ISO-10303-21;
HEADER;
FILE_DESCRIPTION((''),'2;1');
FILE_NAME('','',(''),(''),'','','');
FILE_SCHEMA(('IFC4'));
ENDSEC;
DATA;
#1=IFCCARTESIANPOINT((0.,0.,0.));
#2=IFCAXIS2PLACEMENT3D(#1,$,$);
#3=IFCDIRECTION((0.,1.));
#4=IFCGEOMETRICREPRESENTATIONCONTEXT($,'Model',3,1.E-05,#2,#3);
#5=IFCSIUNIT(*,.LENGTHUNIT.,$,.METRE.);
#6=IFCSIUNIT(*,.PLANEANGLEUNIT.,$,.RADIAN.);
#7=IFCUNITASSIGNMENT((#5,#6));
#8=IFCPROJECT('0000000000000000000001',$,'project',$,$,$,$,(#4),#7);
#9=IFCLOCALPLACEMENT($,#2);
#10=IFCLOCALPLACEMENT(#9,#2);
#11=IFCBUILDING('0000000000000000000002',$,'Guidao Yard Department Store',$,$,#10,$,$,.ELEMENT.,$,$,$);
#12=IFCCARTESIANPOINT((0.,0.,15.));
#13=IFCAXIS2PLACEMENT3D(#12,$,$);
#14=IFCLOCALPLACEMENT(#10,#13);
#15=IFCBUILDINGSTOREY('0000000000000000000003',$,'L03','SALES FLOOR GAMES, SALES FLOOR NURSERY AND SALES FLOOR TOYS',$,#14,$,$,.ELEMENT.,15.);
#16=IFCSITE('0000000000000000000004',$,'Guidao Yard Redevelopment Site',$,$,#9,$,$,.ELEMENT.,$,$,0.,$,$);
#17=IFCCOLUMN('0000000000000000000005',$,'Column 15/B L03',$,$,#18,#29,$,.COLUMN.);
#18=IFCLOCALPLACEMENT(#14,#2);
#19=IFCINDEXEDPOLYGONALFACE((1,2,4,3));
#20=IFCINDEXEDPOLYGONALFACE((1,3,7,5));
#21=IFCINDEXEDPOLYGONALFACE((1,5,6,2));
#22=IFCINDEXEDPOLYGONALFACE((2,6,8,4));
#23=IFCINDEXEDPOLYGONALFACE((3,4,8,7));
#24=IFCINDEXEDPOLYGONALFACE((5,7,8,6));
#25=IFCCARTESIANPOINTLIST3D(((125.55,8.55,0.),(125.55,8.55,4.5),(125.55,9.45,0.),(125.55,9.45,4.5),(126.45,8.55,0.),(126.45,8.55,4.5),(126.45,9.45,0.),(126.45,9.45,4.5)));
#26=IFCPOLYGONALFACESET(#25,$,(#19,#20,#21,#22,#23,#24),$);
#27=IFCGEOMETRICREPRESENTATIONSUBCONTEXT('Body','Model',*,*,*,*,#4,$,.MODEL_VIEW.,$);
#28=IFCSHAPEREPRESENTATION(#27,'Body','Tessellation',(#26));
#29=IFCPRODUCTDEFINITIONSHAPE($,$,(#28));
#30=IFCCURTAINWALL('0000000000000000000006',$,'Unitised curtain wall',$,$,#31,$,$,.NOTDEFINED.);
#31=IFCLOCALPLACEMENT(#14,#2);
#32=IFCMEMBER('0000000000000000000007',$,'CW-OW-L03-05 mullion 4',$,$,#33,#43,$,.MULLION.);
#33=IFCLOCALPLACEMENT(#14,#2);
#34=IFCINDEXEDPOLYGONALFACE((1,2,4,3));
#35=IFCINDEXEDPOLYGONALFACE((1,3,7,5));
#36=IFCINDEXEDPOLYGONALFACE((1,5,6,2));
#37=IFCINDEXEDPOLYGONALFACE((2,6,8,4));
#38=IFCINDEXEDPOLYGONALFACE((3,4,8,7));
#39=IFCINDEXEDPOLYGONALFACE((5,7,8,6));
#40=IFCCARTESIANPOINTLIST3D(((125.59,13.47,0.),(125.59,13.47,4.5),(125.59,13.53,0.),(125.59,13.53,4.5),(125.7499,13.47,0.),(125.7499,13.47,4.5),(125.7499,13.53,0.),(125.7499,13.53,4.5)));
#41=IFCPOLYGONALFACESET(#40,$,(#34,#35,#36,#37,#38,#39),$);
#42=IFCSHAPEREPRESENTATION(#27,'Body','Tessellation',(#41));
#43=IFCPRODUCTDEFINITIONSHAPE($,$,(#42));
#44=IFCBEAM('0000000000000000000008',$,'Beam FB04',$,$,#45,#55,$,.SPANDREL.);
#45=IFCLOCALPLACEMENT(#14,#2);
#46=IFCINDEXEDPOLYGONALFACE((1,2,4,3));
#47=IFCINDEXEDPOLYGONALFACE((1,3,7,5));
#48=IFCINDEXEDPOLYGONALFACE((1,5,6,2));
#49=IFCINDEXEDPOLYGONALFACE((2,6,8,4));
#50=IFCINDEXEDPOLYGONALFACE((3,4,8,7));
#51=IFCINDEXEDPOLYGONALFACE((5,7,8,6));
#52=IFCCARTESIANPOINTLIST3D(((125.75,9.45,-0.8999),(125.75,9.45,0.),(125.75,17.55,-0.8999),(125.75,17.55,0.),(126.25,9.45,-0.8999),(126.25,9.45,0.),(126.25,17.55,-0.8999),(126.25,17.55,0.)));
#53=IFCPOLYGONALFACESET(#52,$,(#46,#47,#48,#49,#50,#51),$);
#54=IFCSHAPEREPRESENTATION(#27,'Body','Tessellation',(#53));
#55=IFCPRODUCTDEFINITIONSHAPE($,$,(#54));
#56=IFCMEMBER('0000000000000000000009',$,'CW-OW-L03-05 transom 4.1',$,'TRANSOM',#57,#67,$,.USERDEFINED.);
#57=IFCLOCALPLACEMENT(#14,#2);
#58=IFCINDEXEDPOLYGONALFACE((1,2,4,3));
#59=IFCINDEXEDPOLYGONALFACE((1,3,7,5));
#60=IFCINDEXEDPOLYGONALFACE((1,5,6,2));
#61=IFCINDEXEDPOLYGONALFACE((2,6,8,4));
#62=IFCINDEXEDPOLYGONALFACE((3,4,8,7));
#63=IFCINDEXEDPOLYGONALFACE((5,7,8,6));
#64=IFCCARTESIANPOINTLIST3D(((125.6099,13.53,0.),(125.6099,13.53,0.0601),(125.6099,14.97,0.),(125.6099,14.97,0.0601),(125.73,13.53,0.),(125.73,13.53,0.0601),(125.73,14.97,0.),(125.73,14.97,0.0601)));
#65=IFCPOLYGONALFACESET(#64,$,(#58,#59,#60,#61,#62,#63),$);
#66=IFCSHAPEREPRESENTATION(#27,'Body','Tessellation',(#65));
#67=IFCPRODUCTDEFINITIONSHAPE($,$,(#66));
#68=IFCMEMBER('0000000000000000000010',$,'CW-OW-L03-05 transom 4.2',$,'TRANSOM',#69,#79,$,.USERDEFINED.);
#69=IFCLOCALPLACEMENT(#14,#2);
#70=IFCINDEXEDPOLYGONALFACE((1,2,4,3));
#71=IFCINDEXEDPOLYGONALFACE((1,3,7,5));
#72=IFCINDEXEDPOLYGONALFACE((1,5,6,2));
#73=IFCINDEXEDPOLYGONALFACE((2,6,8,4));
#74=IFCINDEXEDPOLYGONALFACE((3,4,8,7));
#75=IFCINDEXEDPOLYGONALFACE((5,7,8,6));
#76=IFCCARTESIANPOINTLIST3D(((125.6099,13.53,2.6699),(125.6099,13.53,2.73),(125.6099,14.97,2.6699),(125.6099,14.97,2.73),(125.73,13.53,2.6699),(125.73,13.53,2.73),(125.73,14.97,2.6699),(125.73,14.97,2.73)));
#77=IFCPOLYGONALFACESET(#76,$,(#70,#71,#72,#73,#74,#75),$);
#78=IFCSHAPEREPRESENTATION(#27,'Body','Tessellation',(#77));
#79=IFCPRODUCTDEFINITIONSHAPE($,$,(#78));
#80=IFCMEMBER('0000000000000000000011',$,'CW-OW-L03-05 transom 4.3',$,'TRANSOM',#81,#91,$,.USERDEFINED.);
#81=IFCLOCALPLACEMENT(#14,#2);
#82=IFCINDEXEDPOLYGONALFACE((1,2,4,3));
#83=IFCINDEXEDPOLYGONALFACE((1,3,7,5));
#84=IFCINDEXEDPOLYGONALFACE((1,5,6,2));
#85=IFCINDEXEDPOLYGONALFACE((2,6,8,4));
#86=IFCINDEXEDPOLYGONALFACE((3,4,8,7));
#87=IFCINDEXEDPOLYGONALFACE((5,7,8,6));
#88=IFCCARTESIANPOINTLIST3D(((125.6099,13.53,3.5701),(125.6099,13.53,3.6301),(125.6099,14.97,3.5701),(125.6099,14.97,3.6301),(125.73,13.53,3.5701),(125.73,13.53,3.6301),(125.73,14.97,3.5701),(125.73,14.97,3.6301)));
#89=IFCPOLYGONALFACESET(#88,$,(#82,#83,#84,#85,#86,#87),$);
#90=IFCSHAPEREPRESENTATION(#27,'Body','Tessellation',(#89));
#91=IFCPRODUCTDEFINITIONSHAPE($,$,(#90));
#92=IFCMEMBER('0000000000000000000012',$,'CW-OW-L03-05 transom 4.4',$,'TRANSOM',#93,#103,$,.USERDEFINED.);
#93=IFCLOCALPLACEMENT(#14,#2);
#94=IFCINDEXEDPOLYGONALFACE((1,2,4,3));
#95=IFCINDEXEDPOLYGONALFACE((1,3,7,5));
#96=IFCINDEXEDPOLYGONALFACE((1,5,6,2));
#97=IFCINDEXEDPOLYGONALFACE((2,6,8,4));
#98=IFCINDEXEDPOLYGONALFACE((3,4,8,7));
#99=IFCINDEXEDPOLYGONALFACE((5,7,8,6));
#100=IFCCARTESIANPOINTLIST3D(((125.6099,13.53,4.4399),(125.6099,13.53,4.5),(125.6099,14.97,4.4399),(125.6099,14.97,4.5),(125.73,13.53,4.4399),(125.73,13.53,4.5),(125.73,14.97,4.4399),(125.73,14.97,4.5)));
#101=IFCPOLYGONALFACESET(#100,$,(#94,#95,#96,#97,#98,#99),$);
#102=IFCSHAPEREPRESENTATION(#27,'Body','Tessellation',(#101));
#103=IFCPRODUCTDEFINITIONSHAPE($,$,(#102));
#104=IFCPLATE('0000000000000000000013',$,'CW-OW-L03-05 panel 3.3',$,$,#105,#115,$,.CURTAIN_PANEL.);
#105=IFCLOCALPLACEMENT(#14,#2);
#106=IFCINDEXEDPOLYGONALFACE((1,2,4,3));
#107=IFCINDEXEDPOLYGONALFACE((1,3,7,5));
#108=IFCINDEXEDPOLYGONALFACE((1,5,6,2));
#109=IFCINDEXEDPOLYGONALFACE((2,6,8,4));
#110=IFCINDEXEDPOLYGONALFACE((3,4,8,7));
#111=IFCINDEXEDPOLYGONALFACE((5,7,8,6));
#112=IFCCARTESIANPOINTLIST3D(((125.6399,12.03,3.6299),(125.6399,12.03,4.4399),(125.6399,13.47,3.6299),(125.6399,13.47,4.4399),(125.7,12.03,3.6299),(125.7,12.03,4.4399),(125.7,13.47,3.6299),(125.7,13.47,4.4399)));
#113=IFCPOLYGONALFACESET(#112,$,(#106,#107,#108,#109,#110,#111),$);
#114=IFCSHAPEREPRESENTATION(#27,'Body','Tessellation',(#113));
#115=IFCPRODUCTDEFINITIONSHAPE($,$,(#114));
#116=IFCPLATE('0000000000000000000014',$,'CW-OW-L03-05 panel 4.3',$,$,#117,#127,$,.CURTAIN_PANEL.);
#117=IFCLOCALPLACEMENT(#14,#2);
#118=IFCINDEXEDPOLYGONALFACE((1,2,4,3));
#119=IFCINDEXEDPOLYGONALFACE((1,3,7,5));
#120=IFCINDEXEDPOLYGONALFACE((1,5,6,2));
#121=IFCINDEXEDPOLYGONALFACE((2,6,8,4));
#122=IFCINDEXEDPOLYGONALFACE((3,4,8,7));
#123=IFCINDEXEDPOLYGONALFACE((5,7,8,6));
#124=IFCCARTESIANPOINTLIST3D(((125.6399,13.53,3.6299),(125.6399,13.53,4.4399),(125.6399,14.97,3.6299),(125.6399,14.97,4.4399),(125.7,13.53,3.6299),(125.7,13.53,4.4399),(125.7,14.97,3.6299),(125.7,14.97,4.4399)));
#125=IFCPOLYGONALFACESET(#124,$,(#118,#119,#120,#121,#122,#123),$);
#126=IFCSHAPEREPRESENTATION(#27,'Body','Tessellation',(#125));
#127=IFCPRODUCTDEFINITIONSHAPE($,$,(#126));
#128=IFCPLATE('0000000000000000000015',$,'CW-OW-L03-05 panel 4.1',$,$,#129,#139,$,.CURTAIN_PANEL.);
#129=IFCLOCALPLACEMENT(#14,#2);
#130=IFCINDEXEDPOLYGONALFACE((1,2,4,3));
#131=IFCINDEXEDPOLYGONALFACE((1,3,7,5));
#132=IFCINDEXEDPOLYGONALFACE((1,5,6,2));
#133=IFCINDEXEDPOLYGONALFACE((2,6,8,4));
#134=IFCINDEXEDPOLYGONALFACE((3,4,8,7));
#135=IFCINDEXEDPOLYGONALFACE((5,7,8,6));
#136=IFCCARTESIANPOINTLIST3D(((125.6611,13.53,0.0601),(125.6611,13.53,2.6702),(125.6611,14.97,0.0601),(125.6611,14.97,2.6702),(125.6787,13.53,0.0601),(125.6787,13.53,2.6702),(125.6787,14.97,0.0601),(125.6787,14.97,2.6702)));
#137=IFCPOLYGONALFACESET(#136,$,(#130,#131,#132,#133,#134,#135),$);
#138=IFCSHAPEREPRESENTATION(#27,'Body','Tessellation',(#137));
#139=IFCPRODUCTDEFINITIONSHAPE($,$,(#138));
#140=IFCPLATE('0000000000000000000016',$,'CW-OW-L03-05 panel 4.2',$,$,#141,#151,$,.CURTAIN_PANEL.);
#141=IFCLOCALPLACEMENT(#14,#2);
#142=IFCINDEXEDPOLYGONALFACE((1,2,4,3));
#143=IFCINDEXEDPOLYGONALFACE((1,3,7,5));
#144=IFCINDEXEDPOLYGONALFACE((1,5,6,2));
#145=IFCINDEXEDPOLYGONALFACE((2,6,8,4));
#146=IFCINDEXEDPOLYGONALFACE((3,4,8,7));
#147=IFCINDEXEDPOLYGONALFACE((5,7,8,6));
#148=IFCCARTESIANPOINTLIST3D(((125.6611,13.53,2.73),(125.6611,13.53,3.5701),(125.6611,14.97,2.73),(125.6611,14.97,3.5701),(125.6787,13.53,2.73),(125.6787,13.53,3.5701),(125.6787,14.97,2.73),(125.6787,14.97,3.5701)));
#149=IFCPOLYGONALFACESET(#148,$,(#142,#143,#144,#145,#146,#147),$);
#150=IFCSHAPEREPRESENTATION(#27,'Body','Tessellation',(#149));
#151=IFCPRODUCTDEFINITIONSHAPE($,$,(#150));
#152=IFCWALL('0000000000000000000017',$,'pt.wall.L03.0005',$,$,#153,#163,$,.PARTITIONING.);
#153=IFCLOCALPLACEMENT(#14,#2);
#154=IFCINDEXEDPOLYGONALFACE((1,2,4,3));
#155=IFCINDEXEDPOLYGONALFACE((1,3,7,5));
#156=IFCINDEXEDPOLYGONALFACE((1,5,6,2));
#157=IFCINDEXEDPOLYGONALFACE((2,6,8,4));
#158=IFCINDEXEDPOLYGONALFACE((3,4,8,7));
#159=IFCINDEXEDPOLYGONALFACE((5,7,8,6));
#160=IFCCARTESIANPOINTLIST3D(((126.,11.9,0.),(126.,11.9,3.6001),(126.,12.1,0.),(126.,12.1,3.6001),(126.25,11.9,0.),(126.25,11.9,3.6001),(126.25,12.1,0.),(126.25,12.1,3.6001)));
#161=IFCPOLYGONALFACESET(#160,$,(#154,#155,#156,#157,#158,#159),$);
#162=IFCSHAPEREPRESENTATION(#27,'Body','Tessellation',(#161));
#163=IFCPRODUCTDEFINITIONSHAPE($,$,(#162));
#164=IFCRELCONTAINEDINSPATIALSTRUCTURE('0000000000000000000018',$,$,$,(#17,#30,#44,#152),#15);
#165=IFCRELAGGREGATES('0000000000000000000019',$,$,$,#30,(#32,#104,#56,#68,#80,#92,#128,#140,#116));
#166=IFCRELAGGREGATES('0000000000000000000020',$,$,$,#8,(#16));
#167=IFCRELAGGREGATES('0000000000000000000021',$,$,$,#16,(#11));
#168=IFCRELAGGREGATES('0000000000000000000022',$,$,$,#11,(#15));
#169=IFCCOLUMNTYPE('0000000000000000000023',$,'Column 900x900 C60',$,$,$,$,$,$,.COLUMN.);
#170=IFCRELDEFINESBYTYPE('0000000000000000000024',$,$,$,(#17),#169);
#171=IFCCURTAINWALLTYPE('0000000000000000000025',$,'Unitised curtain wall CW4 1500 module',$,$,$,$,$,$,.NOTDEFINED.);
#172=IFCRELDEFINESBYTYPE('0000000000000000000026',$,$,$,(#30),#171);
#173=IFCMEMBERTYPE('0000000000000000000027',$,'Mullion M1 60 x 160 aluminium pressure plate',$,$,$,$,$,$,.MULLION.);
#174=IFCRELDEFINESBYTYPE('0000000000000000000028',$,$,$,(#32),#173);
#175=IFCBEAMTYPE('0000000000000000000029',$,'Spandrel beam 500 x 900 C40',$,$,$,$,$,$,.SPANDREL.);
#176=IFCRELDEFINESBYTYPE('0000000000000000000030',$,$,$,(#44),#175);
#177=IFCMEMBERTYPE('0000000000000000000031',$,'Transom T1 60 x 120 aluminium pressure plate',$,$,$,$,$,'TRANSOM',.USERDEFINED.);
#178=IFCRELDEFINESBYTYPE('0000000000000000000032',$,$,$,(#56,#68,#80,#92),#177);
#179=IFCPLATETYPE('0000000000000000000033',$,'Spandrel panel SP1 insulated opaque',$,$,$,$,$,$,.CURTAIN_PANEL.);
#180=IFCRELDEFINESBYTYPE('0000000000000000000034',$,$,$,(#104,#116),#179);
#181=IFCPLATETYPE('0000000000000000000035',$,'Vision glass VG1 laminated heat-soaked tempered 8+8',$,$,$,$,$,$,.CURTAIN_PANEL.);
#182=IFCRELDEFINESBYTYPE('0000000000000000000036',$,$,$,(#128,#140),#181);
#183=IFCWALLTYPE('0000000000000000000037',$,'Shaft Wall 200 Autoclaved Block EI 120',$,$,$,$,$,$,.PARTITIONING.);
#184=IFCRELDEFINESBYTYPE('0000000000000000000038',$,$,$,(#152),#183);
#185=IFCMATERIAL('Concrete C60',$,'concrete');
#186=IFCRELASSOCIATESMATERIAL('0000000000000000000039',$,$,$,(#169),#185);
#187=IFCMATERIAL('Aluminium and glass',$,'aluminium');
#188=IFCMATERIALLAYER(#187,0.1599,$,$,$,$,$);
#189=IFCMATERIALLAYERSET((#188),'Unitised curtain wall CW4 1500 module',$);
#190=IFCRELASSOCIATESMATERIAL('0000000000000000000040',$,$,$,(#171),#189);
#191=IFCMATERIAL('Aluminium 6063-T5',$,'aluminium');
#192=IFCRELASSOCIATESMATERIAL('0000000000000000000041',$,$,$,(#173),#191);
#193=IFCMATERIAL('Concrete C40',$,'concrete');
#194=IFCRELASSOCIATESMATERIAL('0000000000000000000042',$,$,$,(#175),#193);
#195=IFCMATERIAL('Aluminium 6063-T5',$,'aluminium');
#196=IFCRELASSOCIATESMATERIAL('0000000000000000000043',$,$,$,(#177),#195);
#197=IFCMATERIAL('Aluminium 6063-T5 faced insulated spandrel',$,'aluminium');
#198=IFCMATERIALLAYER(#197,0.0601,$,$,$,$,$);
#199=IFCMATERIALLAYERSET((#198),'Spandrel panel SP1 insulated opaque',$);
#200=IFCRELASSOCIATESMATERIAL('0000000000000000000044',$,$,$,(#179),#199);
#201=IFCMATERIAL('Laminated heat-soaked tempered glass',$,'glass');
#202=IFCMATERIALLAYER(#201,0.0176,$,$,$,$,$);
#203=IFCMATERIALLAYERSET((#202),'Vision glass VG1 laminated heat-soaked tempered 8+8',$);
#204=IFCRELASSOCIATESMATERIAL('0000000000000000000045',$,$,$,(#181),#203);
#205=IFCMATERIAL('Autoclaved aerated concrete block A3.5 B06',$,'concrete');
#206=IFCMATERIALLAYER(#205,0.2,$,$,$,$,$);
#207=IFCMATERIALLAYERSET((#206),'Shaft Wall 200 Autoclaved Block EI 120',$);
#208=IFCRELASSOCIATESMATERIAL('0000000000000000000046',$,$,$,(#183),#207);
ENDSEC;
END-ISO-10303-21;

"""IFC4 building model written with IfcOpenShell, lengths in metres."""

from ifc_helpers import new_model, si_unit, direction, frame, frame_2d, origin, origin_2d, place, context, subcontext, project, spatial, rectangle, extrude, material, layer, layer_set, material_profile, profile_set, type_object, element, aggregate, save


model = new_model("IFC4")

# Units and contexts
model_context = context("Model", 3, precision=1e-05, world=origin(), true_north=direction((0.0, 1.0)))
body_context = subcontext(model_context, "Body", "Model", "MODEL_VIEW")
ifc_project = project(units=[si_unit("LENGTHUNIT", "METRE"), si_unit("PLANEANGLEUNIT", "RADIAN")], contexts=[model_context])

# Site, building, storey
site_placement = place(None, origin())
site = spatial("IfcSite", under=ifc_project, at=site_placement, Name="Guidao Yard Redevelopment Site", CompositionType="ELEMENT", RefElevation=0.0)
building_placement = place(site_placement, origin())
building = spatial("IfcBuilding", under=site, at=building_placement, Name="Guidao Yard Department Store", CompositionType="ELEMENT")
storey_placement = place(building_placement, frame((0.0, 0.0, 15.0)))
storey = spatial("IfcBuildingStorey", under=building, at=storey_placement, Name="L03", Description="SALES FLOOR GAMES, SALES FLOOR NURSERY AND SALES FLOOR TOYS", CompositionType="ELEMENT", Elevation=15.0)

# Column
ifc_material_1 = material(Name="Concrete C60", Category="concrete")
ifc_material_profile_1 = material_profile(ifc_material_1, rectangle(XDim=0.8999, YDim=0.8999, at=origin_2d()), Name="COL 900x900")
ifc_profile_set_1 = profile_set([ifc_material_profile_1], Name="Concrete C60")
column_type = type_object("IfcColumnType", Name="Column 900x900 C60", PredefinedType="COLUMN", material=ifc_profile_set_1)
column_placement = place(storey_placement, frame((126.0, 9.0, 0.0), z_axis=(0.0, 0.0, 1.0), x_axis=(1.0, 0.0, 0.0)))
element("IfcColumn", 1, at=column_placement, inside=storey, type_object=column_type, Name="Column 15/B L03", PredefinedType="COLUMN", context=body_context, shape_type="SweptSolid", body=[
    extrude(rectangle(XDim=0.8999, YDim=0.8999, at=origin_2d()), origin(), (0.0, 0.0, 1.0), 4.5),
])

# Curtain wall, member
ifc_material_2 = material(Name="Aluminium and glass", Category="aluminium")
ifc_layer_1 = layer(ifc_material_2, 0.1599)
ifc_layer_set_1 = layer_set([ifc_layer_1], Name="Unitised curtain wall CW4 1500 module")
curtain_wall_type = type_object("IfcCurtainWallType", Name="Unitised curtain wall CW4 1500 module", PredefinedType="NOTDEFINED", material=ifc_layer_set_1)
curtain_wall_placement = place(storey_placement, origin())
curtain_wall = element("IfcCurtainWall", 2, at=curtain_wall_placement, inside=storey, type_object=curtain_wall_type, Name="Unitised curtain wall", PredefinedType="NOTDEFINED")
ifc_material_3 = material(Name="Aluminium 6063-T5", Category="aluminium")
ifc_material_profile_2 = material_profile(ifc_material_3, rectangle(XDim=0.0601, YDim=0.1599, at=origin_2d()), Name="Mullion M1 60 x 160 aluminium pressure plate")
ifc_profile_set_2 = profile_set([ifc_material_profile_2], Name="Aluminium 6063-T5")
member_type_1 = type_object("IfcMemberType", Name="Mullion M1 60 x 160 aluminium pressure plate", PredefinedType="MULLION", material=ifc_profile_set_2)
member_1_placement = place(storey_placement, frame((125.6699, 13.5, 0.0), z_axis=(0.0, 0.0, 1.0), x_axis=(0.0, 1.0, 0.0)))
member_1 = element("IfcMember", 3, at=member_1_placement, type_object=member_type_1, Name="CW-OW-L03-05 mullion 4", PredefinedType="MULLION", context=body_context, shape_type="SweptSolid", body=[
    extrude(rectangle(XDim=0.0601, YDim=0.1599, at=origin_2d()), origin(), (0.0, 0.0, 1.0), 4.5),
])

# Beam
ifc_material_4 = material(Name="Concrete C40", Category="concrete")
ifc_material_profile_3 = material_profile(ifc_material_4, rectangle(XDim=0.5, YDim=0.8999, at=origin_2d()), Name="Spandrel beam 500 x 900 C40")
ifc_profile_set_3 = profile_set([ifc_material_profile_3], Name="Concrete C40")
beam_type = type_object("IfcBeamType", Name="Spandrel beam 500 x 900 C40", PredefinedType="SPANDREL", material=ifc_profile_set_3)
beam_placement = place(storey_placement, frame((126.0, 9.45, -0.45), z_axis=(0.0, 1.0, 0.0), x_axis=(-1.0, 0.0, 0.0)))
element("IfcBeam", 4, at=beam_placement, inside=storey, type_object=beam_type, Name="Beam FB04", PredefinedType="SPANDREL", context=body_context, shape_type="SweptSolid", body=[
    extrude(rectangle(XDim=0.5, YDim=0.8999, at=origin_2d()), origin(), (0.0, 0.0, 1.0), 8.1001),
])

# Members
ifc_material_5 = material(Name="Aluminium 6063-T5", Category="aluminium")
ifc_material_profile_4 = material_profile(ifc_material_5, rectangle(XDim=0.1201, YDim=0.0601, at=origin_2d()), Name="Transom T1 60 x 120 aluminium pressure plate")
ifc_profile_set_4 = profile_set([ifc_material_profile_4], Name="Aluminium 6063-T5")
member_type_2 = type_object("IfcMemberType", Name="Transom T1 60 x 120 aluminium pressure plate", ElementType="TRANSOM", PredefinedType="USERDEFINED", material=ifc_profile_set_4)
member_2_placement = place(storey_placement, frame((125.6699, 13.53, 0.03), z_axis=(0.0, 1.0, 0.0), x_axis=(-1.0, 0.0, 0.0)))
member_2 = element("IfcMember", 5, at=member_2_placement, type_object=member_type_2, Name="CW-OW-L03-05 transom 4.1", ObjectType="TRANSOM", PredefinedType="USERDEFINED", context=body_context, shape_type="SweptSolid", body=[
    extrude(rectangle(XDim=0.1201, YDim=0.0601, at=origin_2d()), origin(), (0.0, 0.0, 1.0), 1.4399),
])
member_3_placement = place(storey_placement, frame((125.6699, 13.53, 2.7), z_axis=(0.0, 1.0, 0.0), x_axis=(-1.0, 0.0, 0.0)))
member_3 = element("IfcMember", 6, at=member_3_placement, type_object=member_type_2, Name="CW-OW-L03-05 transom 4.2", ObjectType="TRANSOM", PredefinedType="USERDEFINED", context=body_context, shape_type="SweptSolid", body=[
    extrude(rectangle(XDim=0.1201, YDim=0.0601, at=origin_2d()), origin(), (0.0, 0.0, 1.0), 1.4399),
])
member_4_placement = place(storey_placement, frame((125.6699, 13.53, 3.6001), z_axis=(0.0, 1.0, 0.0), x_axis=(-1.0, 0.0, 0.0)))
member_4 = element("IfcMember", 7, at=member_4_placement, type_object=member_type_2, Name="CW-OW-L03-05 transom 4.3", ObjectType="TRANSOM", PredefinedType="USERDEFINED", context=body_context, shape_type="SweptSolid", body=[
    extrude(rectangle(XDim=0.1201, YDim=0.0601, at=origin_2d()), origin(), (0.0, 0.0, 1.0), 1.4399),
])
member_5_placement = place(storey_placement, frame((125.6699, 13.53, 4.47), z_axis=(0.0, 1.0, 0.0), x_axis=(-1.0, 0.0, 0.0)))
member_5 = element("IfcMember", 8, at=member_5_placement, type_object=member_type_2, Name="CW-OW-L03-05 transom 4.4", ObjectType="TRANSOM", PredefinedType="USERDEFINED", context=body_context, shape_type="SweptSolid", body=[
    extrude(rectangle(XDim=0.1201, YDim=0.0601, at=origin_2d()), origin(), (0.0, 0.0, 1.0), 1.4399),
])

# Plates
ifc_material_6 = material(Name="Aluminium 6063-T5 faced insulated spandrel", Category="aluminium")
ifc_layer_2 = layer(ifc_material_6, 0.0601)
ifc_layer_set_2 = layer_set([ifc_layer_2], Name="Spandrel panel SP1 insulated opaque")
plate_type_1 = type_object("IfcPlateType", Name="Spandrel panel SP1 insulated opaque", PredefinedType="CURTAIN_PANEL", material=ifc_layer_set_2)
plate_1_placement = place(storey_placement, frame((125.6699, 12.75, 3.6299), z_axis=(0.0, 0.0, 1.0), x_axis=(0.0, 1.0, 0.0)))
plate_1 = element("IfcPlate", 9, at=plate_1_placement, type_object=plate_type_1, Name="CW-OW-L03-05 panel 3.3", PredefinedType="CURTAIN_PANEL", context=body_context, shape_type="SweptSolid", body=[
    extrude(rectangle(XDim=1.4399, YDim=0.0601, at=origin_2d()), origin(), (0.0, 0.0, 1.0), 0.8101),
])
plate_2_placement = place(storey_placement, frame((125.6699, 14.25, 3.6299), z_axis=(0.0, 0.0, 1.0), x_axis=(0.0, 1.0, 0.0)))
plate_2 = element("IfcPlate", 10, at=plate_2_placement, type_object=plate_type_1, Name="CW-OW-L03-05 panel 4.3", PredefinedType="CURTAIN_PANEL", context=body_context, shape_type="SweptSolid", body=[
    extrude(rectangle(XDim=1.4399, YDim=0.0601, at=origin_2d()), origin(), (0.0, 0.0, 1.0), 0.8101),
])
ifc_material_7 = material(Name="Laminated heat-soaked tempered glass", Category="glass")
ifc_layer_3 = layer(ifc_material_7, 0.0176)
ifc_layer_set_3 = layer_set([ifc_layer_3], Name="Vision glass VG1 laminated heat-soaked tempered 8+8")
plate_type_2 = type_object("IfcPlateType", Name="Vision glass VG1 laminated heat-soaked tempered 8+8", PredefinedType="CURTAIN_PANEL", material=ifc_layer_set_3)
plate_3_placement = place(storey_placement, frame((125.6699, 14.25, 0.0601), z_axis=(0.0, 0.0, 1.0), x_axis=(0.0, 1.0, 0.0)))
plate_3 = element("IfcPlate", 11, at=plate_3_placement, type_object=plate_type_2, Name="CW-OW-L03-05 panel 4.1", PredefinedType="CURTAIN_PANEL", context=body_context, shape_type="SweptSolid", body=[
    extrude(rectangle(XDim=1.4399, YDim=0.0176, at=origin_2d()), origin(), (0.0, 0.0, 1.0), 2.6101),
])
plate_4_placement = place(storey_placement, frame((125.6699, 14.25, 2.73), z_axis=(0.0, 0.0, 1.0), x_axis=(0.0, 1.0, 0.0)))
plate_4 = element("IfcPlate", 12, at=plate_4_placement, type_object=plate_type_2, Name="CW-OW-L03-05 panel 4.2", PredefinedType="CURTAIN_PANEL", context=body_context, shape_type="SweptSolid", body=[
    extrude(rectangle(XDim=1.4399, YDim=0.0176, at=origin_2d()), origin(), (0.0, 0.0, 1.0), 0.8401),
])
aggregate(curtain_wall, [member_1, plate_1, member_2, member_3, member_4, member_5, plate_3, plate_4, plate_2])

# Wall
ifc_material_8 = material(Name="Autoclaved aerated concrete block A3.5 B06", Category="concrete")
ifc_layer_4 = layer(ifc_material_8, 0.2)
ifc_layer_set_4 = layer_set([ifc_layer_4], Name="Shaft Wall 200 Autoclaved Block EI 120")
wall_type_1 = type_object("IfcWallType", Name="Shaft Wall 200 Autoclaved Block EI 120", PredefinedType="PARTITIONING", material=ifc_layer_set_4)
wall_1_placement = place(storey_placement, frame((126.0, 12.0, 0.0), z_axis=(0.0, 0.0, 1.0), x_axis=(1.0, 0.0, 0.0)))
element("IfcWall", 13, at=wall_1_placement, inside=storey, type_object=wall_type_1, Name="pt.wall.L03.0005", PredefinedType="PARTITIONING", context=body_context, shape_type="SweptSolid", body=[
    extrude(rectangle(XDim=0.25, YDim=0.2, at=frame_2d((0.125, 0.0))), origin(), (0.0, 0.0, 1.0), 3.6001),
])

save(model, "model.ifc")
